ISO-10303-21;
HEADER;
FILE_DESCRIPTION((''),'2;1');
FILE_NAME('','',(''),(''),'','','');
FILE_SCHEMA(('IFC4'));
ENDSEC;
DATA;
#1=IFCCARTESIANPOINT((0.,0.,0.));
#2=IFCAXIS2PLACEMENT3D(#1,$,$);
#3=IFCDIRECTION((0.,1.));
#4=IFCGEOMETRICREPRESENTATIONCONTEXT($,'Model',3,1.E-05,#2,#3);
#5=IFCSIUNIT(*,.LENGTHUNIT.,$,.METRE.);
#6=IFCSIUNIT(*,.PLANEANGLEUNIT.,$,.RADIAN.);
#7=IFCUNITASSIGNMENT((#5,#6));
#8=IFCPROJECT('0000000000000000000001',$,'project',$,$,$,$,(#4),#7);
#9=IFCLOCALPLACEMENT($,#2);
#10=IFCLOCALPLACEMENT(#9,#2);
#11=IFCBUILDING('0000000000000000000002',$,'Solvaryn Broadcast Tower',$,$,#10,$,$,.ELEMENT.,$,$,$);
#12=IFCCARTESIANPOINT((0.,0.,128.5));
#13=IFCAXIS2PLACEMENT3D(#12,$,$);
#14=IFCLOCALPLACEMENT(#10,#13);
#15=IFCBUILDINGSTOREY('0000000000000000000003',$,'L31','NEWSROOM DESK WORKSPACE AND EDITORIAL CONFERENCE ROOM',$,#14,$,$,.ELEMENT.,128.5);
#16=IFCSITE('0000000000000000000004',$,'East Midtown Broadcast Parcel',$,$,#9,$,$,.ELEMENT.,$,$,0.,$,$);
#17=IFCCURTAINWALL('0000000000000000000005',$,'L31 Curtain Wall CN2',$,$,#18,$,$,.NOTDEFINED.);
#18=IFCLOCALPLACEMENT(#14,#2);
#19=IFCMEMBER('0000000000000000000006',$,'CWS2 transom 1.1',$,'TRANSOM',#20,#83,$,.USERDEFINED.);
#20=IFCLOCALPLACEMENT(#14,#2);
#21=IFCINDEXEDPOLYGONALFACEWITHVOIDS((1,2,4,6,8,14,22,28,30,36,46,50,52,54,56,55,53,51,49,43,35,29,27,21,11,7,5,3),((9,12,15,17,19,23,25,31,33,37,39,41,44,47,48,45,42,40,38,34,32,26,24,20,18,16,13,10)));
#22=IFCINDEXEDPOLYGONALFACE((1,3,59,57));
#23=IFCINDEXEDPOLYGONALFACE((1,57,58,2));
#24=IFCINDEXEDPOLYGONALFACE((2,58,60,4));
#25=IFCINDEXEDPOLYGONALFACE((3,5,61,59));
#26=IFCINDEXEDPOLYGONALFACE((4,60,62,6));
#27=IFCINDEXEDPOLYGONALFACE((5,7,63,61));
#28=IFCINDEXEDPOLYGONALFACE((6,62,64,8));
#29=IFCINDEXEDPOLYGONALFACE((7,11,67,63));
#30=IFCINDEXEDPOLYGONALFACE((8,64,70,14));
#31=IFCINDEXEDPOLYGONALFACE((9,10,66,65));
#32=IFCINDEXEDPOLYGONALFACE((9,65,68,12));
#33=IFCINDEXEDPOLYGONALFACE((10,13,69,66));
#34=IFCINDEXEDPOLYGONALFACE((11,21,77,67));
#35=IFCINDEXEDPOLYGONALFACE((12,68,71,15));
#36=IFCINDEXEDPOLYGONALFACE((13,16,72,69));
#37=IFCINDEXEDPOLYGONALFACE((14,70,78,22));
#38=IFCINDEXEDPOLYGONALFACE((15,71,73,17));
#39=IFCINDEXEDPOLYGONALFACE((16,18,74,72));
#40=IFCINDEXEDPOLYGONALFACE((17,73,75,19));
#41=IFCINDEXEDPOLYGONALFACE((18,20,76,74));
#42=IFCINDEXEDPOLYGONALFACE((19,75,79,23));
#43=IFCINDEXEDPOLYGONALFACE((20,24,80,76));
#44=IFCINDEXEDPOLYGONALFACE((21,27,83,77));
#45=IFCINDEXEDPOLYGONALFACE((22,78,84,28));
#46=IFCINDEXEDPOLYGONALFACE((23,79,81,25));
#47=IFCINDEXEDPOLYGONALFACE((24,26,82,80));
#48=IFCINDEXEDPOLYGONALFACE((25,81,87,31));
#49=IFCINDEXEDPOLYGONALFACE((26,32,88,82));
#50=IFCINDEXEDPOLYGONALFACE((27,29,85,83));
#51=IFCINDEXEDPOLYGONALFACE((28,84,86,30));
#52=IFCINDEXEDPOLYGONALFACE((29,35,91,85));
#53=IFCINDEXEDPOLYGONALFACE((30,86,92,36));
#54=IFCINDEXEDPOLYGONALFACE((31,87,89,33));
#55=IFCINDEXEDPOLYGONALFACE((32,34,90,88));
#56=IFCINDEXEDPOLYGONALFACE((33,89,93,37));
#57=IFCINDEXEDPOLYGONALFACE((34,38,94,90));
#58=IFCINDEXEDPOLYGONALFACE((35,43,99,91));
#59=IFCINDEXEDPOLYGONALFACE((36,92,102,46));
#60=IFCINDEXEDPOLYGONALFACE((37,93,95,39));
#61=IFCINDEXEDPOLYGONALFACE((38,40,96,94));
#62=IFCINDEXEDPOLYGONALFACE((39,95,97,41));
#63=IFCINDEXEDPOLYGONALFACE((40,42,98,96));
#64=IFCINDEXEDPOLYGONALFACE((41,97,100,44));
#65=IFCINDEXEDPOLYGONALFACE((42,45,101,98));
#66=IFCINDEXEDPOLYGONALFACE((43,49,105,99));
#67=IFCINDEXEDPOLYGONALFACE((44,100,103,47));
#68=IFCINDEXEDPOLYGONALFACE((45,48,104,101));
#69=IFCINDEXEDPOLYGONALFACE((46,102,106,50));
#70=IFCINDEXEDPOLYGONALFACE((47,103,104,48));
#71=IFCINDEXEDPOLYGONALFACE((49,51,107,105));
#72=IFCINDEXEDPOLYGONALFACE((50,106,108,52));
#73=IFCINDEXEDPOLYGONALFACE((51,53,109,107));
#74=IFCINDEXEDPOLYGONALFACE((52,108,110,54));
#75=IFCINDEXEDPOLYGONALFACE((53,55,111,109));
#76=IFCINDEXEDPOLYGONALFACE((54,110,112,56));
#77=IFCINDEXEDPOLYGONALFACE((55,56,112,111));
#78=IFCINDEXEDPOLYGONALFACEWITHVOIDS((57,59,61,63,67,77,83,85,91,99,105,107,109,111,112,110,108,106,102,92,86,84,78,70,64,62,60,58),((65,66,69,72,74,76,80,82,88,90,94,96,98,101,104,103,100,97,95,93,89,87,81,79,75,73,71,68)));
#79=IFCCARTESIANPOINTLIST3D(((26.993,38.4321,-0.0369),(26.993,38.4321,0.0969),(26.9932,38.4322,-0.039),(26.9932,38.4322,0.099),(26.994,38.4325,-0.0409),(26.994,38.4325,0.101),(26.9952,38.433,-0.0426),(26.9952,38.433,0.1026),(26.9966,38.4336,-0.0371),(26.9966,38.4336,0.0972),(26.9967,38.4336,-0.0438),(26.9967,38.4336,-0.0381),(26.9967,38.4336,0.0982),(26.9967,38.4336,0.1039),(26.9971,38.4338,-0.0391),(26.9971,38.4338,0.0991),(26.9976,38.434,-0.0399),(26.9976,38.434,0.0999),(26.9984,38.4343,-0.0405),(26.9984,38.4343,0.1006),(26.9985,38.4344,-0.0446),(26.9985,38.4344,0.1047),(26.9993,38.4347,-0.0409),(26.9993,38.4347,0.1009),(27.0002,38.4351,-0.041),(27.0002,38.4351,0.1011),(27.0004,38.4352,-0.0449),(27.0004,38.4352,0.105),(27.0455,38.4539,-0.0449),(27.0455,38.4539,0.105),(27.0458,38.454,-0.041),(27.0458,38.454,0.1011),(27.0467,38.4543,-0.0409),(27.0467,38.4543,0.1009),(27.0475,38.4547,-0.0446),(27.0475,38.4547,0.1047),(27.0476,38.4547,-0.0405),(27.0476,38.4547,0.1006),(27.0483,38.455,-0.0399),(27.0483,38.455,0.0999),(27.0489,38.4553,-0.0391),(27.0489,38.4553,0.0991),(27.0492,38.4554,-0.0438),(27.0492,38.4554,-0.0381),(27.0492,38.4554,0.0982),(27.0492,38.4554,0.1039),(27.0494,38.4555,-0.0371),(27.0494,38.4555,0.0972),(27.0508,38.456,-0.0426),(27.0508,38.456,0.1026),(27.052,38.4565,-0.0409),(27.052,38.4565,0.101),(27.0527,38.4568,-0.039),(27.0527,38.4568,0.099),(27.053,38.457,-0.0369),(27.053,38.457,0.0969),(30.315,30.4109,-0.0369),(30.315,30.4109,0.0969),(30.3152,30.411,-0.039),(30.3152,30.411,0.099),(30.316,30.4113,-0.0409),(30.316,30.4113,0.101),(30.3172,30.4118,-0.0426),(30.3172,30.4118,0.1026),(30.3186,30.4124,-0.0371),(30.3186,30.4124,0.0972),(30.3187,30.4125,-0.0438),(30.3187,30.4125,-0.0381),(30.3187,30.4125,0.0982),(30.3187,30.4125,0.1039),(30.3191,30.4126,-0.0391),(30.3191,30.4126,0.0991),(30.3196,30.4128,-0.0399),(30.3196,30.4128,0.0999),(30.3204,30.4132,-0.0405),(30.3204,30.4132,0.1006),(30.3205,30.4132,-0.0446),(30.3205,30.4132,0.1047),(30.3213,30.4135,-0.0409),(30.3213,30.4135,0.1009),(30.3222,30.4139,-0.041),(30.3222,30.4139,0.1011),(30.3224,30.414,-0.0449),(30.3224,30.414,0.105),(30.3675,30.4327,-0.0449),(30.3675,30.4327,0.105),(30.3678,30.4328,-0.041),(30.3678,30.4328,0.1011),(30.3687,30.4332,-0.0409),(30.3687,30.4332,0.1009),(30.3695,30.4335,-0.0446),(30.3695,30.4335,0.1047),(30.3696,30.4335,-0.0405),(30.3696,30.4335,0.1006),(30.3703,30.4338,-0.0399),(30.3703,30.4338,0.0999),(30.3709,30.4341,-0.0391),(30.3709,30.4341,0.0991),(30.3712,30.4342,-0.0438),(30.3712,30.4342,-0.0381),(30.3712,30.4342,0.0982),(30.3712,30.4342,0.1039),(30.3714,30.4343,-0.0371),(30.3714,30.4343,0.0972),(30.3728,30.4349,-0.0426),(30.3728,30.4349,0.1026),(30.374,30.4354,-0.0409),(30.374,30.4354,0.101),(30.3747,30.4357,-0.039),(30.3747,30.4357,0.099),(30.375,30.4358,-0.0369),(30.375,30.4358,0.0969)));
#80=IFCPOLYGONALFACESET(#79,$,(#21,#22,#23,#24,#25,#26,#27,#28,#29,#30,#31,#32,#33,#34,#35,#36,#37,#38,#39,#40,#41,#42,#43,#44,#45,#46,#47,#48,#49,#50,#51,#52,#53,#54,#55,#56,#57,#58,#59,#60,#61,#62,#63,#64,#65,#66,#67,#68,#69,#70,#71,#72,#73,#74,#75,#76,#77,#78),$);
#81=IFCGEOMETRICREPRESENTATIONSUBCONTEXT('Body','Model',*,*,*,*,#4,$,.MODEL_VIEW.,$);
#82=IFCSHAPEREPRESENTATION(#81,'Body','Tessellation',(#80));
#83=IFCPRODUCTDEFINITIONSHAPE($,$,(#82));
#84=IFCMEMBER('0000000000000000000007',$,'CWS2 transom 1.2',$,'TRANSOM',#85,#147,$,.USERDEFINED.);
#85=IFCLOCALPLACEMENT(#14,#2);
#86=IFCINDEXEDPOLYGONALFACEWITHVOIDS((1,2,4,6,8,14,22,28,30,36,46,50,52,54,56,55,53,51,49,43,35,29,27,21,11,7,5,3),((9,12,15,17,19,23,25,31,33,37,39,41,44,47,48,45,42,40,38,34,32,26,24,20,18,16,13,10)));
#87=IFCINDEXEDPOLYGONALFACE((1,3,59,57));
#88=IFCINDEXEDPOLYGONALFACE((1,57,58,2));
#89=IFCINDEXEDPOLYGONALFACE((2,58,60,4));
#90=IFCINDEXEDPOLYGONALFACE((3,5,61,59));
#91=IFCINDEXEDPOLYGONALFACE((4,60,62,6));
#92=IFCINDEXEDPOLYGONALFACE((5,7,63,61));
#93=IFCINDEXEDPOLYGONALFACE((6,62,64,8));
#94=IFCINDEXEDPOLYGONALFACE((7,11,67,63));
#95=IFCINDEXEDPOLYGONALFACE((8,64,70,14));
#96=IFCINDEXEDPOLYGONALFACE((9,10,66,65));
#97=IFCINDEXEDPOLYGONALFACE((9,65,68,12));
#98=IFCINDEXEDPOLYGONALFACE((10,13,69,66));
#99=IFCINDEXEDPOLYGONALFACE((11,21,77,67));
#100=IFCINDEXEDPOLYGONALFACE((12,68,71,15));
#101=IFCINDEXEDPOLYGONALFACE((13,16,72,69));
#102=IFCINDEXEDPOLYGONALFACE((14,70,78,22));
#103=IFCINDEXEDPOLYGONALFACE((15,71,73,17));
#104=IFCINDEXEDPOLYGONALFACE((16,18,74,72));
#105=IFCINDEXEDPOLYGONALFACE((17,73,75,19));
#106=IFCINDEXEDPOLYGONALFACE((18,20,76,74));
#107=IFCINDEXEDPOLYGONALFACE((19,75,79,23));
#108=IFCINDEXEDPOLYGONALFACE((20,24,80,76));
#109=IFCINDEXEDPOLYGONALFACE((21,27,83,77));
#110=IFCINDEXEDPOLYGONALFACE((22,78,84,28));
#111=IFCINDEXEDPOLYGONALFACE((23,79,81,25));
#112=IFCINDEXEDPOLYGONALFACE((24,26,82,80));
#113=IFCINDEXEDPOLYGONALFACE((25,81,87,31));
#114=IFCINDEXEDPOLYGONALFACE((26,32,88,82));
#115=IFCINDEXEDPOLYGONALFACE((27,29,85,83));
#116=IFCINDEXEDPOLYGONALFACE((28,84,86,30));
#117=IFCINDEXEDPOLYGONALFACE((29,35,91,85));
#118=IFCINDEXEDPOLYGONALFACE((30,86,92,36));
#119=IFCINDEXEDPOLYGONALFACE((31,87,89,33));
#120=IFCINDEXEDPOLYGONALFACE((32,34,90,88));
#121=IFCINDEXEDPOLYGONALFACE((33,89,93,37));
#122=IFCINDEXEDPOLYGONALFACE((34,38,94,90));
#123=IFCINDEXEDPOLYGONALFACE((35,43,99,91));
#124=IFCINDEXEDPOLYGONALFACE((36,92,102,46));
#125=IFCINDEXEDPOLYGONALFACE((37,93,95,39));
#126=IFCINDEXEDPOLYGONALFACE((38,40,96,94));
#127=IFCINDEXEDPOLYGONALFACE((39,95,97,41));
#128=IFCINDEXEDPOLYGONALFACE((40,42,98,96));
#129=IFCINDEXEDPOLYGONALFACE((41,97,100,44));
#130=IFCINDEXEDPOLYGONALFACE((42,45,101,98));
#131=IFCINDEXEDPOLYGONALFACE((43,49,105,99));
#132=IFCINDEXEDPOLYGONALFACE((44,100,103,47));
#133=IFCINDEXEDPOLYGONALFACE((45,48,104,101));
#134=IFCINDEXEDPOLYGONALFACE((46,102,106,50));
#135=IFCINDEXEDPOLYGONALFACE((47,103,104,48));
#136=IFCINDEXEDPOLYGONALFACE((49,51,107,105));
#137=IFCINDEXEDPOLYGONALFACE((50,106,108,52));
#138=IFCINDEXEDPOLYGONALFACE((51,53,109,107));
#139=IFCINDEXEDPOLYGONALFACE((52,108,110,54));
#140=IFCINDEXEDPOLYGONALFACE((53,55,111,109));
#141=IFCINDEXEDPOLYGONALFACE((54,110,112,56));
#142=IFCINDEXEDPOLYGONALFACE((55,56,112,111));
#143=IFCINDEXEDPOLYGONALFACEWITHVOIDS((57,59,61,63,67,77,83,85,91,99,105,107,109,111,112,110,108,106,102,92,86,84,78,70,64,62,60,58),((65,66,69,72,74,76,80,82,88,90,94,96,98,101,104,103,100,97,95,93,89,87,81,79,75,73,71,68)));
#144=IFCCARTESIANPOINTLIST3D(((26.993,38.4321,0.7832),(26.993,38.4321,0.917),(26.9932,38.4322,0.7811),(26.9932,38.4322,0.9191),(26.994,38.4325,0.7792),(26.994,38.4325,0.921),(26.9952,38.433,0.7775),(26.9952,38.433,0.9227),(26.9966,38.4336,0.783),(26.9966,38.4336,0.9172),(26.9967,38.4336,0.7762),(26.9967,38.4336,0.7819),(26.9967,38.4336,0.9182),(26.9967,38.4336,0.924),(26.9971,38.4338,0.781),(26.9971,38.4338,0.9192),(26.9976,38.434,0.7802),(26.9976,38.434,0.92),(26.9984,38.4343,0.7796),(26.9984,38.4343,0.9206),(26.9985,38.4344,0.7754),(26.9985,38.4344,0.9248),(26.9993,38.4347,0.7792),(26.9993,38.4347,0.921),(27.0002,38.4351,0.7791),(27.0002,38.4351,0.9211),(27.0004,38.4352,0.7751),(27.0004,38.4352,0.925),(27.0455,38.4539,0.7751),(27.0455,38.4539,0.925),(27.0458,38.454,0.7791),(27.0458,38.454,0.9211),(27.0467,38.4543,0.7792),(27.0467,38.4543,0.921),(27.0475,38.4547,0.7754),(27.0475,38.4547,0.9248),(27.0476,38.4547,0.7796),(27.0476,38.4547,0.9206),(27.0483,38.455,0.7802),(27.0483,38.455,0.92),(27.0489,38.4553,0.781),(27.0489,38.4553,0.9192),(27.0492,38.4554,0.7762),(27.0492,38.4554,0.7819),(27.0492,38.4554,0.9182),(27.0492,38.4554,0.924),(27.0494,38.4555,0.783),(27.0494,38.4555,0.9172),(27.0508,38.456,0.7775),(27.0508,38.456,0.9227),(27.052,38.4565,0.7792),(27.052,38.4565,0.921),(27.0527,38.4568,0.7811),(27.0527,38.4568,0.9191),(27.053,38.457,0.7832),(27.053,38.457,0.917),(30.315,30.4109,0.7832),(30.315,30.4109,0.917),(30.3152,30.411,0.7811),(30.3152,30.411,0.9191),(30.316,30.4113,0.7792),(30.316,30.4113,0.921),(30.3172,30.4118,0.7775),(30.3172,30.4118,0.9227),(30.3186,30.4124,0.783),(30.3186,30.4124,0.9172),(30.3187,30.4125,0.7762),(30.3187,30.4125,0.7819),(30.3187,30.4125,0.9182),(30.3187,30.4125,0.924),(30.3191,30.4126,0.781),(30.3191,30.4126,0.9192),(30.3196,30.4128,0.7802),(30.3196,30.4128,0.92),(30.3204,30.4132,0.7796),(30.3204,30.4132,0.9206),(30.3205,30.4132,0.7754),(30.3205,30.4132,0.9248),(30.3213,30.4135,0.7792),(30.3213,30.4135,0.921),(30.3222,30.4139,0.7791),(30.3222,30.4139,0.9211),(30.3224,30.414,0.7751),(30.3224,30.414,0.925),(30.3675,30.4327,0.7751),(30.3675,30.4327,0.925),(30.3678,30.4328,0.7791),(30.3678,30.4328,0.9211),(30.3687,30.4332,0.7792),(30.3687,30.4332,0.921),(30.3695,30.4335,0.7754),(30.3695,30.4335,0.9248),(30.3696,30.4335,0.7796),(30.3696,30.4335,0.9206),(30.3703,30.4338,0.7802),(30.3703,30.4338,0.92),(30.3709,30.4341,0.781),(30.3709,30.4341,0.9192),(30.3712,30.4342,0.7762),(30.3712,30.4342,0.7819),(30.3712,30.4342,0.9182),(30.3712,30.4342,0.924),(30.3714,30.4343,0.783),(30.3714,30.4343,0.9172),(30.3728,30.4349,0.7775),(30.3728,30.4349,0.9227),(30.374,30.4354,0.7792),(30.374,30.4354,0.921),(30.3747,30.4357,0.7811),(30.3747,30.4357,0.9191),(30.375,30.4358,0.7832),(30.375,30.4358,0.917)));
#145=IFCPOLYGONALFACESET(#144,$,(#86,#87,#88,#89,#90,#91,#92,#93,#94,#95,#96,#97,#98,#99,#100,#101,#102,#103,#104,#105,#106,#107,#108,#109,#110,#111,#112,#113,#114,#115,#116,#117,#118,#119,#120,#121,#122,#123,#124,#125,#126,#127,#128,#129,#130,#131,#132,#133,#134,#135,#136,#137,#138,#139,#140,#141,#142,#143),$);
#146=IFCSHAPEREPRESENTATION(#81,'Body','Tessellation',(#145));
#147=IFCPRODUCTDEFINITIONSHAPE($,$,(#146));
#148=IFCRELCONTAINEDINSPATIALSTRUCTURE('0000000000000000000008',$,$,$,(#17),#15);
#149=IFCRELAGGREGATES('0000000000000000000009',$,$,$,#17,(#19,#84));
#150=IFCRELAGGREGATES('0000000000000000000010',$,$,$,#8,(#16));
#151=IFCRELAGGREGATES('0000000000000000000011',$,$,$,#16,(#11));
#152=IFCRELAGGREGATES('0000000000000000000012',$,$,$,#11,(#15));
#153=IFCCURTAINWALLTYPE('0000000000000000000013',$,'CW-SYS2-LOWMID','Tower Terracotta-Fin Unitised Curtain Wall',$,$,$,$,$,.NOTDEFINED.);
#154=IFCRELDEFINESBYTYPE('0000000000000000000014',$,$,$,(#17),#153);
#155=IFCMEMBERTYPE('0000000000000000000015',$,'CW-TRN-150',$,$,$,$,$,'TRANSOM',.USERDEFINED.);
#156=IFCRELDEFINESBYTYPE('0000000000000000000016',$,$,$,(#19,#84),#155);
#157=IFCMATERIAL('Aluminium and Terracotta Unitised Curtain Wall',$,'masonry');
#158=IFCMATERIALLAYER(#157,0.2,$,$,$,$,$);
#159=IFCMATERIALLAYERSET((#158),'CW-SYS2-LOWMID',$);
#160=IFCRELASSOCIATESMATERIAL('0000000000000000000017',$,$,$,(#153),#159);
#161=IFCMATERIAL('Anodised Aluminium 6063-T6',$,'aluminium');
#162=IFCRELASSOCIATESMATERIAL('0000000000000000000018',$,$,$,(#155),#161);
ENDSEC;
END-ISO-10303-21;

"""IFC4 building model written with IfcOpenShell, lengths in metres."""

from ifc_helpers import new_model, si_unit, direction, frame, origin, origin_2d, place, context, subcontext, project, spatial, hollow_rectangle, extrude, material, layer, layer_set, material_profile, profile_set, type_object, element, aggregate, save


model = new_model("IFC4")

# Units and contexts
model_context = context("Model", 3, precision=1e-05, world=origin(), true_north=direction((0.0, 1.0)))
body_context = subcontext(model_context, "Body", "Model", "MODEL_VIEW")
ifc_project = project(units=[si_unit("LENGTHUNIT", "METRE"), si_unit("PLANEANGLEUNIT", "RADIAN")], contexts=[model_context])

# Site, building, storey
site_placement = place(None, origin())
site = spatial("IfcSite", under=ifc_project, at=site_placement, Name="East Midtown Broadcast Parcel", CompositionType="ELEMENT", RefElevation=0.0)
building_placement = place(site_placement, origin())
building = spatial("IfcBuilding", under=site, at=building_placement, Name="Solvaryn Broadcast Tower", CompositionType="ELEMENT")
storey_placement = place(building_placement, frame((0.0, 0.0, 128.5)))
storey = spatial("IfcBuildingStorey", under=building, at=storey_placement, Name="L31", Description="NEWSROOM DESK WORKSPACE AND EDITORIAL CONFERENCE ROOM", CompositionType="ELEMENT", Elevation=128.5)

# Shared definitions
ifc_material_1 = material(Name="Aluminium and Terracotta Unitised Curtain Wall", Category="masonry")
ifc_layer_1 = layer(ifc_material_1, 0.2)
ifc_layer_set_1 = layer_set([ifc_layer_1], Name="CW-SYS2-LOWMID")
curtain_wall_type = type_object("IfcCurtainWallType", Name="CW-SYS2-LOWMID", Description="Tower Terracotta-Fin Unitised Curtain Wall", PredefinedType="NOTDEFINED", material=ifc_layer_set_1)

# Curtain wall, members
curtain_wall_1_placement = place(storey_placement, origin())
curtain_wall_1 = element("IfcCurtainWall", 1, at=curtain_wall_1_placement, inside=storey, type_object=curtain_wall_type, Name="L31 Curtain Wall CN2", PredefinedType="NOTDEFINED")
ifc_material_2 = material(Name="Anodised Aluminium 6063-T6", Category="aluminium")
ifc_material_profile_1 = material_profile(ifc_material_2, hollow_rectangle(XDim=0.0649, YDim=0.1499, WallThickness=0.0039, InnerFilletRadius=0.0039, OuterFilletRadius=0.0081, at=origin_2d()))
ifc_profile_set_1 = profile_set([ifc_material_profile_1], Name="Anodised Aluminium 6063-T6")
member_type_1 = type_object("IfcMemberType", Name="CW-TRN-150", ElementType="TRANSOM", PredefinedType="USERDEFINED", material=ifc_profile_set_1)
member_1_placement = place(storey_placement, frame((30.345, 30.4233, 0.03), z_axis=(-0.382636, 0.923899, 0.0), x_axis=(-0.923899, -0.382636, 0.0)))
member_1 = element("IfcMember", 2, at=member_1_placement, type_object=member_type_1, Name="CWS2 transom 1.1", ObjectType="TRANSOM", PredefinedType="USERDEFINED", context=body_context, shape_type="SweptSolid", body=[
    extrude(hollow_rectangle(XDim=0.0649, YDim=0.1499, WallThickness=0.0039, InnerFilletRadius=0.0039, OuterFilletRadius=0.0081, at=origin_2d()), origin(), (0.0, 0.0, 1.0), 8.6819),
])
member_2_placement = place(storey_placement, frame((30.345, 30.4233, 0.8501), z_axis=(-0.382636, 0.923899, 0.0), x_axis=(-0.923899, -0.382636, 0.0)))
member_2 = element("IfcMember", 3, at=member_2_placement, type_object=member_type_1, Name="CWS2 transom 1.2", ObjectType="TRANSOM", PredefinedType="USERDEFINED", context=body_context, shape_type="SweptSolid", body=[
    extrude(hollow_rectangle(XDim=0.0649, YDim=0.1499, WallThickness=0.0039, InnerFilletRadius=0.0039, OuterFilletRadius=0.0081, at=origin_2d()), origin(), (0.0, 0.0, 1.0), 8.6819),
])

aggregate(curtain_wall_1, [member_1, member_2])

save(model, "model.ifc")
